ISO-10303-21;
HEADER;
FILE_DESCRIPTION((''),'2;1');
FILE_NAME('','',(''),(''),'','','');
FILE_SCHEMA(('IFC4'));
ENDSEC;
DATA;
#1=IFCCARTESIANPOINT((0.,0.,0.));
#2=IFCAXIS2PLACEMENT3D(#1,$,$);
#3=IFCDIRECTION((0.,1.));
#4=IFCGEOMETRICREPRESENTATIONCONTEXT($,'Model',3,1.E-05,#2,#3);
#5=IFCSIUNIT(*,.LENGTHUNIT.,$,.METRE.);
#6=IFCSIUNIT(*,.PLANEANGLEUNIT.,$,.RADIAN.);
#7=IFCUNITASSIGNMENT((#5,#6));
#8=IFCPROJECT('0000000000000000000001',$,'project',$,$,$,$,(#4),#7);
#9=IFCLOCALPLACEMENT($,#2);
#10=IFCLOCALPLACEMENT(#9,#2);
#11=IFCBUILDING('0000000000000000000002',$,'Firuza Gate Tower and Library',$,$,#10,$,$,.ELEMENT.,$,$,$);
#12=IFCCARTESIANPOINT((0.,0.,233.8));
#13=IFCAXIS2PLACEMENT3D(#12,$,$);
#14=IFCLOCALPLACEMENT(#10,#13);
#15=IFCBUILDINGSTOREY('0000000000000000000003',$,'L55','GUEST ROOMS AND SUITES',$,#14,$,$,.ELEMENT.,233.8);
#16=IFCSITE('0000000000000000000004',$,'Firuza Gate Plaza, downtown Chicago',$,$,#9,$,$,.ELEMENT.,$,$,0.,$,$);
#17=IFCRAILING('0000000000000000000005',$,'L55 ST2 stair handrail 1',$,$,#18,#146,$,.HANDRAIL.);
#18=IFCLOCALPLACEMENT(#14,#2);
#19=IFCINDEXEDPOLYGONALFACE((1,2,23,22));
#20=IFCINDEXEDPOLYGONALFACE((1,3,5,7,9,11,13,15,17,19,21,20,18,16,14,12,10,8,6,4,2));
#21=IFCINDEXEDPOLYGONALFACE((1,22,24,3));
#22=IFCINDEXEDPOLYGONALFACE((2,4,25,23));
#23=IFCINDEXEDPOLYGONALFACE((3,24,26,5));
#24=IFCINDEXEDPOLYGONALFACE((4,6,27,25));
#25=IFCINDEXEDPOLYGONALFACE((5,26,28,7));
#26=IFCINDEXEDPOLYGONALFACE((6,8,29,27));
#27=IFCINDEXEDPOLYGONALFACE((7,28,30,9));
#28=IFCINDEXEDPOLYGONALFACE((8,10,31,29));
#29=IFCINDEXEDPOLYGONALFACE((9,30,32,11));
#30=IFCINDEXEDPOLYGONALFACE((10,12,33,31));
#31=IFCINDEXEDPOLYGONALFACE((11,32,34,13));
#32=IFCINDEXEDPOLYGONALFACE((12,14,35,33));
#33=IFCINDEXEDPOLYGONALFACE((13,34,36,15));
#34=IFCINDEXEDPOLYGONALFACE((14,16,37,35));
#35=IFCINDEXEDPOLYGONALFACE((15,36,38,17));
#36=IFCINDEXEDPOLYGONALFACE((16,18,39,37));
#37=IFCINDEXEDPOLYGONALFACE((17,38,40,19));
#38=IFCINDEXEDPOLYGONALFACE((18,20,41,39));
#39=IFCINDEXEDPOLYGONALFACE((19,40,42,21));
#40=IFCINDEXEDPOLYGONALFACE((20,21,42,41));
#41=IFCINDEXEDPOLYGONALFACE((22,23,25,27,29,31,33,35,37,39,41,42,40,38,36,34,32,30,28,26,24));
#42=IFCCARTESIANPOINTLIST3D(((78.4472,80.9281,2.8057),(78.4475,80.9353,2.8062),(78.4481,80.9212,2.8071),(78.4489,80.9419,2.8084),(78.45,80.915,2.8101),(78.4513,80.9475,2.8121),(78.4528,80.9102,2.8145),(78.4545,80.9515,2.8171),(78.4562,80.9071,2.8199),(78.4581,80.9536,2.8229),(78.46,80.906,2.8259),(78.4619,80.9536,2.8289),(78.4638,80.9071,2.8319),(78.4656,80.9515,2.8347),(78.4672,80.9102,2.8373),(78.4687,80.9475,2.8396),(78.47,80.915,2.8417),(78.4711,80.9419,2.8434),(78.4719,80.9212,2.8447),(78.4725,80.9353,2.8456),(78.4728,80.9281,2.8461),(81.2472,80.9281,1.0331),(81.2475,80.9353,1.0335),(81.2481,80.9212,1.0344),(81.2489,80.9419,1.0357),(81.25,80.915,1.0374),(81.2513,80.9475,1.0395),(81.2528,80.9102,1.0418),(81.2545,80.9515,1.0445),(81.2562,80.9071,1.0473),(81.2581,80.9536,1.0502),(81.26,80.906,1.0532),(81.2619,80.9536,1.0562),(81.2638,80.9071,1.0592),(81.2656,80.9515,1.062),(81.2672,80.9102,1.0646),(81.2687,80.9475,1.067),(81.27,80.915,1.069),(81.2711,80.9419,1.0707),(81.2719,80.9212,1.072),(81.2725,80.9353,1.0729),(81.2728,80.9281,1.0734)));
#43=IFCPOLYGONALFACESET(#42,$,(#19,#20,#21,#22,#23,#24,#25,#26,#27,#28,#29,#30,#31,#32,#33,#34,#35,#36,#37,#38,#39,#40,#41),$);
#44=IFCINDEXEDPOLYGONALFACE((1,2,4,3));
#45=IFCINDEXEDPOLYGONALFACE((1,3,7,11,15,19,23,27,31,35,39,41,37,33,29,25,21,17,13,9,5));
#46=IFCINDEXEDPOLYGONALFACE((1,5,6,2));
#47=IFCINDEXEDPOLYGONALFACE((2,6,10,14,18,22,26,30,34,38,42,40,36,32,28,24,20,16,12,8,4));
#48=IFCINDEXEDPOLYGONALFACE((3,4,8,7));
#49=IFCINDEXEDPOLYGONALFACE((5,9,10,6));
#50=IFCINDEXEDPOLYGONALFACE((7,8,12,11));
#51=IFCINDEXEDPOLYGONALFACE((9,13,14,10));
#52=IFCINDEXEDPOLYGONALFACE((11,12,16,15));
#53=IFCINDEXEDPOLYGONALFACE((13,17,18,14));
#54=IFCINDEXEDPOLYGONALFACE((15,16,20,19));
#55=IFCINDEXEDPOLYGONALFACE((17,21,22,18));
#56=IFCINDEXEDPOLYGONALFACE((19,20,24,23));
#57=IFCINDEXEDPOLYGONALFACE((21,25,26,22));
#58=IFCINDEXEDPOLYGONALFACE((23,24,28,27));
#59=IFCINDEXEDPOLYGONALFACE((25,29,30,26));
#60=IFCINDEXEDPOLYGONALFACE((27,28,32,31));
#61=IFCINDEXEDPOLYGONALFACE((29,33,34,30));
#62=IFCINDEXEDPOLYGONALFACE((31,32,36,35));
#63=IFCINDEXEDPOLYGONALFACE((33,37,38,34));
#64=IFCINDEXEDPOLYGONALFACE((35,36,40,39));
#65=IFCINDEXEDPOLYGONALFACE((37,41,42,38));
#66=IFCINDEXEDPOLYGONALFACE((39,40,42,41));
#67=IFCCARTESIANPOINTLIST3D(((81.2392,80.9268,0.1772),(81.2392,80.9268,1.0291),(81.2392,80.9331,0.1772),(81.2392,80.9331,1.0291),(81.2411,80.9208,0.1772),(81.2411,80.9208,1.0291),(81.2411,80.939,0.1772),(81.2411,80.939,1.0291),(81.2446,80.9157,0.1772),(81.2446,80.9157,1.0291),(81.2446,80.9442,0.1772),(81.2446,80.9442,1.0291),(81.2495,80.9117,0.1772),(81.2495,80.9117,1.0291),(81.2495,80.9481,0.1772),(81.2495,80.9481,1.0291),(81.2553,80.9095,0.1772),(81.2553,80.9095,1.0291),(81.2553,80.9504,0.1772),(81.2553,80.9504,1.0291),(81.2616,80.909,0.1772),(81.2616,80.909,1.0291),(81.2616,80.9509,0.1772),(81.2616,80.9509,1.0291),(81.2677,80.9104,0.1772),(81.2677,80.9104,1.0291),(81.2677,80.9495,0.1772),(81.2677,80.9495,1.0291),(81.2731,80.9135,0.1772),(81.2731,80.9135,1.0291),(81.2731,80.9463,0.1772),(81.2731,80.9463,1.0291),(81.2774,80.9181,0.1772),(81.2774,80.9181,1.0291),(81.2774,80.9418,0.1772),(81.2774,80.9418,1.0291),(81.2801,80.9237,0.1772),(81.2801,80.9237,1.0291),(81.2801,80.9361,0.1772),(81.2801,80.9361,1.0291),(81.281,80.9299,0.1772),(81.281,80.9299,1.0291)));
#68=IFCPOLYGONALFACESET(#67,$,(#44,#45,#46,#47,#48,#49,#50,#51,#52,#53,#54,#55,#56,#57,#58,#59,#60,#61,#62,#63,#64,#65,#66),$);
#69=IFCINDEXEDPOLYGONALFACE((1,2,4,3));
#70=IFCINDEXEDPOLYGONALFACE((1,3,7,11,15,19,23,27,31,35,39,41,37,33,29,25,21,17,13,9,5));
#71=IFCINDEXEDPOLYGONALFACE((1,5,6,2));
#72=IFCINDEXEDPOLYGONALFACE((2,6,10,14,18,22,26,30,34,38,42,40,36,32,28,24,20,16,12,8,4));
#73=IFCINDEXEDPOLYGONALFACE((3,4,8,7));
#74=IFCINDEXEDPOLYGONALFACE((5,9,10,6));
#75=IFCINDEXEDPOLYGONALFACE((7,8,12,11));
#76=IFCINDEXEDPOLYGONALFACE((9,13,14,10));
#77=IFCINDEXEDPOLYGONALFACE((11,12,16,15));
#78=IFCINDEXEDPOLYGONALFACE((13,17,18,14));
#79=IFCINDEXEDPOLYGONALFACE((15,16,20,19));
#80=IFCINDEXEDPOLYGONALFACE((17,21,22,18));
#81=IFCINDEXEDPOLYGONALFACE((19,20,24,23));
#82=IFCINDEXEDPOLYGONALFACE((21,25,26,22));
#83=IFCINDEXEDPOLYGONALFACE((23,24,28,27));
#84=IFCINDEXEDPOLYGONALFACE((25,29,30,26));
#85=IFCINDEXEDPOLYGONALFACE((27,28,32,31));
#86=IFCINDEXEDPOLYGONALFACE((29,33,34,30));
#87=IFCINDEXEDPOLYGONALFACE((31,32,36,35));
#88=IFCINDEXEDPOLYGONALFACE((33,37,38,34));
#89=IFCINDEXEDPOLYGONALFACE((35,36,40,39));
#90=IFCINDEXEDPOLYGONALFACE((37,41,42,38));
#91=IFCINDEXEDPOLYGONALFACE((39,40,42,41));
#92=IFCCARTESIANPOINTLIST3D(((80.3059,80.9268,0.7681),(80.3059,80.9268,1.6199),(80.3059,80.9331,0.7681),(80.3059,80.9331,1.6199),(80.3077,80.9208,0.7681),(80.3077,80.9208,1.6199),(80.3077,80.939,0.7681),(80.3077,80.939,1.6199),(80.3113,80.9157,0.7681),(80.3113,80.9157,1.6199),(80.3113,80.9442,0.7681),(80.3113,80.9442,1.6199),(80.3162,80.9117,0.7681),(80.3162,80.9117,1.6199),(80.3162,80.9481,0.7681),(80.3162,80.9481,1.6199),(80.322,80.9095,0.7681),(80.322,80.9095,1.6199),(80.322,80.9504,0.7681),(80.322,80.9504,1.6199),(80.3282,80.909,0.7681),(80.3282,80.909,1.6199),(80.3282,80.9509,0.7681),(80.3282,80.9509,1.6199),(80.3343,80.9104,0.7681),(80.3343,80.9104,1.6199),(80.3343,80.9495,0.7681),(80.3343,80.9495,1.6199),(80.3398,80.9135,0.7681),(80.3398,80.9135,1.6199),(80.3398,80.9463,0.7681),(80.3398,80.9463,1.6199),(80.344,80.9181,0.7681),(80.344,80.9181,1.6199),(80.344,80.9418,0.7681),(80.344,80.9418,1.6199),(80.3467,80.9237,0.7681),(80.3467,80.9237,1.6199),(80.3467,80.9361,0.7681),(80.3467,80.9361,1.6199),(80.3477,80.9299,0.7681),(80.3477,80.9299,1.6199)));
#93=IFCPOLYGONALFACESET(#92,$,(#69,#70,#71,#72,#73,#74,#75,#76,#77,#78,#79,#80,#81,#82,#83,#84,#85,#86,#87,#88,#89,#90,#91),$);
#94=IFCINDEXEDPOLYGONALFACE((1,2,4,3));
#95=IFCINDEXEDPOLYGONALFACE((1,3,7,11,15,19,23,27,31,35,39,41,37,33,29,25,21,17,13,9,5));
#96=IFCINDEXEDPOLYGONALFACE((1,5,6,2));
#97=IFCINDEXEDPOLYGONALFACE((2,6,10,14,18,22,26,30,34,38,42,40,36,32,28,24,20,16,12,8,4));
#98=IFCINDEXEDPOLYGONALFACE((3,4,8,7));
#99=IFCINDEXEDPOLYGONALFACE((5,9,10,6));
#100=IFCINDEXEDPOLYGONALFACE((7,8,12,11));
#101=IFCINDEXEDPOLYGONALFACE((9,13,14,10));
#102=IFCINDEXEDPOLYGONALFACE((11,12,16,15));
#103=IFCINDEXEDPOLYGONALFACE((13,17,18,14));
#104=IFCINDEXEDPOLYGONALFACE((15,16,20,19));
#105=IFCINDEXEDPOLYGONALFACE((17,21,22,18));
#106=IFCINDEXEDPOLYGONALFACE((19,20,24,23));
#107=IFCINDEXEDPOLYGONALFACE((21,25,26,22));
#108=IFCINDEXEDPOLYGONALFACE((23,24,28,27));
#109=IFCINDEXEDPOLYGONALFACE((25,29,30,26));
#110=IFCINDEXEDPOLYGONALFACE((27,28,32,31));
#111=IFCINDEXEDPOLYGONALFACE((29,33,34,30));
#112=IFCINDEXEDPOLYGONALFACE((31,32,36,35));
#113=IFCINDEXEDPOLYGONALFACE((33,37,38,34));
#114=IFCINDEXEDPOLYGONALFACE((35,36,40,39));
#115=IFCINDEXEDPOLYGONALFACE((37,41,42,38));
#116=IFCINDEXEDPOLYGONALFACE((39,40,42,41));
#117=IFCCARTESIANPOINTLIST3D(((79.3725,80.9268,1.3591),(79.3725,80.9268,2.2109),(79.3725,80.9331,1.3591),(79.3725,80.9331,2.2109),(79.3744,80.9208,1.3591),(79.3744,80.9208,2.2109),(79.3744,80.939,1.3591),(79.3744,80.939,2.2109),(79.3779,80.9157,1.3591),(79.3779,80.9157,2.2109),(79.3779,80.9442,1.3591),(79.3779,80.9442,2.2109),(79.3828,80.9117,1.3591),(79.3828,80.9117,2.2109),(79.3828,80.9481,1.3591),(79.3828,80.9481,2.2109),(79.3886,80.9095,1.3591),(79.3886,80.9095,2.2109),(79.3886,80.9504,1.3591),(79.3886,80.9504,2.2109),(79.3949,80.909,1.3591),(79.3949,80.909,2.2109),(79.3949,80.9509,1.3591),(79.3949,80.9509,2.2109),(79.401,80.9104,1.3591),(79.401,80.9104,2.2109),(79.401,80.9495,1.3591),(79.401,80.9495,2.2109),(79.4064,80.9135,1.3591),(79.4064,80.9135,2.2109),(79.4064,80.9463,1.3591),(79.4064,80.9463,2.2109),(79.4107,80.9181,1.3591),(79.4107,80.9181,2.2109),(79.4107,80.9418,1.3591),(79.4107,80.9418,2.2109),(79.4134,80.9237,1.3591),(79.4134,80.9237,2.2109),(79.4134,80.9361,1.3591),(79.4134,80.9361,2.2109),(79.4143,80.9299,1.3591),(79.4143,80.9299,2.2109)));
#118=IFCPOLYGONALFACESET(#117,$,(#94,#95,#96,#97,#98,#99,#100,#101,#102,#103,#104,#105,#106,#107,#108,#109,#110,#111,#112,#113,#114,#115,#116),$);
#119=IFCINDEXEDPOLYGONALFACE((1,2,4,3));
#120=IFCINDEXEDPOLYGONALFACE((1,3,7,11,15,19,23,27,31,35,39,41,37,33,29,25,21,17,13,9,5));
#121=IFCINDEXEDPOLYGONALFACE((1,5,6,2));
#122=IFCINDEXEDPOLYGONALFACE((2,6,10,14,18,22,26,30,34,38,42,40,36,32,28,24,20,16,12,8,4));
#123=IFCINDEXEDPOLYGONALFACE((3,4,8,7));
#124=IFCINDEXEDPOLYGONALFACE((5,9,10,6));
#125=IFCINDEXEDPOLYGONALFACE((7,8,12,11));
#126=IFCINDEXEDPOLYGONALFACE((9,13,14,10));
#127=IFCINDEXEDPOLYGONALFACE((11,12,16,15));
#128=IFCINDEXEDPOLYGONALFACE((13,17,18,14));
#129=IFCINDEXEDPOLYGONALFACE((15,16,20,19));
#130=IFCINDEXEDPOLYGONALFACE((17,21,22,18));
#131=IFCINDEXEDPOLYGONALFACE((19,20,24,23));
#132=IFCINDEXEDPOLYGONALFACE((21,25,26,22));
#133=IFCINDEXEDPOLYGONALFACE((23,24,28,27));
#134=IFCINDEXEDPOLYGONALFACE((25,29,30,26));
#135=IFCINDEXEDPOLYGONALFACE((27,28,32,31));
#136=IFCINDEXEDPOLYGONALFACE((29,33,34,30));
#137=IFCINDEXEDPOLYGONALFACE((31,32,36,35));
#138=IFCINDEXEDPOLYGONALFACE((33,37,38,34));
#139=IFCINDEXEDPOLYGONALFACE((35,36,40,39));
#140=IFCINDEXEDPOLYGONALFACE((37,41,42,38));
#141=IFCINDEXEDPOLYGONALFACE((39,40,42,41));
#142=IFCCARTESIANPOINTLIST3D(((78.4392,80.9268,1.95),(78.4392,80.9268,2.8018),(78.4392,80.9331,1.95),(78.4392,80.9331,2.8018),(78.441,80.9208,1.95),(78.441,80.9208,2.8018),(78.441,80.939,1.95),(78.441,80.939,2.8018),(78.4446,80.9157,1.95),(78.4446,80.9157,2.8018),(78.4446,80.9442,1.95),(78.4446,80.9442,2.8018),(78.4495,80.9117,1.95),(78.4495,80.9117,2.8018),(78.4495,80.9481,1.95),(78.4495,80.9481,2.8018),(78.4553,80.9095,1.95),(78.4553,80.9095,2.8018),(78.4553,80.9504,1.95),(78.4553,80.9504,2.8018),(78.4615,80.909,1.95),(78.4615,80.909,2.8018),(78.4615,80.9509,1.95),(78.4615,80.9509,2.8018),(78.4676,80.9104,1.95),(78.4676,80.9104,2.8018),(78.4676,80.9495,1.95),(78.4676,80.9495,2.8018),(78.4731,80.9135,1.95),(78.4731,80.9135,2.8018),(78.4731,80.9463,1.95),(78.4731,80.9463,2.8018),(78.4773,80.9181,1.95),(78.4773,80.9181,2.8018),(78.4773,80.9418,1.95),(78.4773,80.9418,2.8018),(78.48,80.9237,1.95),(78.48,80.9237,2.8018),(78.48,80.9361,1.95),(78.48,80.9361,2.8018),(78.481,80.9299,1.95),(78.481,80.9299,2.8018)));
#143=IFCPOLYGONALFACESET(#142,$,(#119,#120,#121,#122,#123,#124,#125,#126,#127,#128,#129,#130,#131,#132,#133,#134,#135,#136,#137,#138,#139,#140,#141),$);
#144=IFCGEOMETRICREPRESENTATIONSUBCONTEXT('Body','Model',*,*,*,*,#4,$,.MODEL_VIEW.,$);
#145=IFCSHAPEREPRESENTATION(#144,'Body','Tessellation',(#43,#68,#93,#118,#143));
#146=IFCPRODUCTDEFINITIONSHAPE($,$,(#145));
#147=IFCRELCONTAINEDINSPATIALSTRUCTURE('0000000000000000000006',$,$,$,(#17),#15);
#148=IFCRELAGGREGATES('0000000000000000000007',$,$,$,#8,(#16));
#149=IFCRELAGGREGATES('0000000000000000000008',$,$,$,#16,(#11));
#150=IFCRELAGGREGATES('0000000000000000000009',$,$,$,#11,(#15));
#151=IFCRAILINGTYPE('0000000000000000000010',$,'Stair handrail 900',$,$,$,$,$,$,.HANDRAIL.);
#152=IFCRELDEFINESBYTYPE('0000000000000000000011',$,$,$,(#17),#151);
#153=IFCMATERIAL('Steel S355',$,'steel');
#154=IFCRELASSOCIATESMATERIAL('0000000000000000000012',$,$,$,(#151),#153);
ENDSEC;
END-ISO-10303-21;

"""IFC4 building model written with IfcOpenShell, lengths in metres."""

from ifc_helpers import new_model, si_unit, direction, frame, origin, origin_2d, place, context, subcontext, project, spatial, circle, extrude, material, type_object, element, save


model = new_model("IFC4")

# Units and contexts
model_context = context("Model", 3, precision=1e-05, world=origin(), true_north=direction((0.0, 1.0)))
body_context = subcontext(model_context, "Body", "Model", "MODEL_VIEW")
ifc_project = project(units=[si_unit("LENGTHUNIT", "METRE"), si_unit("PLANEANGLEUNIT", "RADIAN")], contexts=[model_context])

# Site, building, storey
site_placement = place(None, origin())
site = spatial("IfcSite", under=ifc_project, at=site_placement, Name="Firuza Gate Plaza, downtown Chicago", CompositionType="ELEMENT", RefElevation=0.0)
building_placement = place(site_placement, origin())
building = spatial("IfcBuilding", under=site, at=building_placement, Name="Firuza Gate Tower and Library", CompositionType="ELEMENT")
storey_placement = place(building_placement, frame((0.0, 0.0, 233.8)))
storey = spatial("IfcBuildingStorey", under=building, at=storey_placement, Name="L55", Description="GUEST ROOMS AND SUITES", CompositionType="ELEMENT", Elevation=233.8)

# Railing
ifc_material_1 = material(Name="Steel S355", Category="steel")
railing_type_1 = type_object("IfcRailingType", Name="Stair handrail 900", PredefinedType="HANDRAIL", material=ifc_material_1)
railing_1_placement = place(storey_placement, frame((81.26, 80.9299, 0.1772)))
element("IfcRailing", 1, at=railing_1_placement, inside=storey, type_object=railing_type_1, Name="L55 ST2 stair handrail 1", PredefinedType="HANDRAIL", context=body_context, shape_type="SweptSolid", body=[
    extrude(circle(Radius=0.0239, at=origin_2d()), frame((0.0, 0.0, 0.876), z_axis=(-0.844909, 0.0, 0.53491), x_axis=(0.0, -1.0, 0.0)), (0.0, 0.0, 1.0), 3.314),
    extrude(circle(Radius=0.021, at=origin_2d()), origin(), (0.0, 0.0, 1.0), 0.8518),
    extrude(circle(Radius=0.021, at=origin_2d()), frame((-0.9333, 0.0, 0.5908)), (0.0, 0.0, 1.0), 0.8518),
    extrude(circle(Radius=0.021, at=origin_2d()), frame((-1.8667, 0.0, 1.1819)), (0.0, 0.0, 1.0), 0.8518),
    extrude(circle(Radius=0.021, at=origin_2d()), frame((-2.8, 0.0, 1.7727)), (0.0, 0.0, 1.0), 0.8518),
])

save(model, "model.ifc")
